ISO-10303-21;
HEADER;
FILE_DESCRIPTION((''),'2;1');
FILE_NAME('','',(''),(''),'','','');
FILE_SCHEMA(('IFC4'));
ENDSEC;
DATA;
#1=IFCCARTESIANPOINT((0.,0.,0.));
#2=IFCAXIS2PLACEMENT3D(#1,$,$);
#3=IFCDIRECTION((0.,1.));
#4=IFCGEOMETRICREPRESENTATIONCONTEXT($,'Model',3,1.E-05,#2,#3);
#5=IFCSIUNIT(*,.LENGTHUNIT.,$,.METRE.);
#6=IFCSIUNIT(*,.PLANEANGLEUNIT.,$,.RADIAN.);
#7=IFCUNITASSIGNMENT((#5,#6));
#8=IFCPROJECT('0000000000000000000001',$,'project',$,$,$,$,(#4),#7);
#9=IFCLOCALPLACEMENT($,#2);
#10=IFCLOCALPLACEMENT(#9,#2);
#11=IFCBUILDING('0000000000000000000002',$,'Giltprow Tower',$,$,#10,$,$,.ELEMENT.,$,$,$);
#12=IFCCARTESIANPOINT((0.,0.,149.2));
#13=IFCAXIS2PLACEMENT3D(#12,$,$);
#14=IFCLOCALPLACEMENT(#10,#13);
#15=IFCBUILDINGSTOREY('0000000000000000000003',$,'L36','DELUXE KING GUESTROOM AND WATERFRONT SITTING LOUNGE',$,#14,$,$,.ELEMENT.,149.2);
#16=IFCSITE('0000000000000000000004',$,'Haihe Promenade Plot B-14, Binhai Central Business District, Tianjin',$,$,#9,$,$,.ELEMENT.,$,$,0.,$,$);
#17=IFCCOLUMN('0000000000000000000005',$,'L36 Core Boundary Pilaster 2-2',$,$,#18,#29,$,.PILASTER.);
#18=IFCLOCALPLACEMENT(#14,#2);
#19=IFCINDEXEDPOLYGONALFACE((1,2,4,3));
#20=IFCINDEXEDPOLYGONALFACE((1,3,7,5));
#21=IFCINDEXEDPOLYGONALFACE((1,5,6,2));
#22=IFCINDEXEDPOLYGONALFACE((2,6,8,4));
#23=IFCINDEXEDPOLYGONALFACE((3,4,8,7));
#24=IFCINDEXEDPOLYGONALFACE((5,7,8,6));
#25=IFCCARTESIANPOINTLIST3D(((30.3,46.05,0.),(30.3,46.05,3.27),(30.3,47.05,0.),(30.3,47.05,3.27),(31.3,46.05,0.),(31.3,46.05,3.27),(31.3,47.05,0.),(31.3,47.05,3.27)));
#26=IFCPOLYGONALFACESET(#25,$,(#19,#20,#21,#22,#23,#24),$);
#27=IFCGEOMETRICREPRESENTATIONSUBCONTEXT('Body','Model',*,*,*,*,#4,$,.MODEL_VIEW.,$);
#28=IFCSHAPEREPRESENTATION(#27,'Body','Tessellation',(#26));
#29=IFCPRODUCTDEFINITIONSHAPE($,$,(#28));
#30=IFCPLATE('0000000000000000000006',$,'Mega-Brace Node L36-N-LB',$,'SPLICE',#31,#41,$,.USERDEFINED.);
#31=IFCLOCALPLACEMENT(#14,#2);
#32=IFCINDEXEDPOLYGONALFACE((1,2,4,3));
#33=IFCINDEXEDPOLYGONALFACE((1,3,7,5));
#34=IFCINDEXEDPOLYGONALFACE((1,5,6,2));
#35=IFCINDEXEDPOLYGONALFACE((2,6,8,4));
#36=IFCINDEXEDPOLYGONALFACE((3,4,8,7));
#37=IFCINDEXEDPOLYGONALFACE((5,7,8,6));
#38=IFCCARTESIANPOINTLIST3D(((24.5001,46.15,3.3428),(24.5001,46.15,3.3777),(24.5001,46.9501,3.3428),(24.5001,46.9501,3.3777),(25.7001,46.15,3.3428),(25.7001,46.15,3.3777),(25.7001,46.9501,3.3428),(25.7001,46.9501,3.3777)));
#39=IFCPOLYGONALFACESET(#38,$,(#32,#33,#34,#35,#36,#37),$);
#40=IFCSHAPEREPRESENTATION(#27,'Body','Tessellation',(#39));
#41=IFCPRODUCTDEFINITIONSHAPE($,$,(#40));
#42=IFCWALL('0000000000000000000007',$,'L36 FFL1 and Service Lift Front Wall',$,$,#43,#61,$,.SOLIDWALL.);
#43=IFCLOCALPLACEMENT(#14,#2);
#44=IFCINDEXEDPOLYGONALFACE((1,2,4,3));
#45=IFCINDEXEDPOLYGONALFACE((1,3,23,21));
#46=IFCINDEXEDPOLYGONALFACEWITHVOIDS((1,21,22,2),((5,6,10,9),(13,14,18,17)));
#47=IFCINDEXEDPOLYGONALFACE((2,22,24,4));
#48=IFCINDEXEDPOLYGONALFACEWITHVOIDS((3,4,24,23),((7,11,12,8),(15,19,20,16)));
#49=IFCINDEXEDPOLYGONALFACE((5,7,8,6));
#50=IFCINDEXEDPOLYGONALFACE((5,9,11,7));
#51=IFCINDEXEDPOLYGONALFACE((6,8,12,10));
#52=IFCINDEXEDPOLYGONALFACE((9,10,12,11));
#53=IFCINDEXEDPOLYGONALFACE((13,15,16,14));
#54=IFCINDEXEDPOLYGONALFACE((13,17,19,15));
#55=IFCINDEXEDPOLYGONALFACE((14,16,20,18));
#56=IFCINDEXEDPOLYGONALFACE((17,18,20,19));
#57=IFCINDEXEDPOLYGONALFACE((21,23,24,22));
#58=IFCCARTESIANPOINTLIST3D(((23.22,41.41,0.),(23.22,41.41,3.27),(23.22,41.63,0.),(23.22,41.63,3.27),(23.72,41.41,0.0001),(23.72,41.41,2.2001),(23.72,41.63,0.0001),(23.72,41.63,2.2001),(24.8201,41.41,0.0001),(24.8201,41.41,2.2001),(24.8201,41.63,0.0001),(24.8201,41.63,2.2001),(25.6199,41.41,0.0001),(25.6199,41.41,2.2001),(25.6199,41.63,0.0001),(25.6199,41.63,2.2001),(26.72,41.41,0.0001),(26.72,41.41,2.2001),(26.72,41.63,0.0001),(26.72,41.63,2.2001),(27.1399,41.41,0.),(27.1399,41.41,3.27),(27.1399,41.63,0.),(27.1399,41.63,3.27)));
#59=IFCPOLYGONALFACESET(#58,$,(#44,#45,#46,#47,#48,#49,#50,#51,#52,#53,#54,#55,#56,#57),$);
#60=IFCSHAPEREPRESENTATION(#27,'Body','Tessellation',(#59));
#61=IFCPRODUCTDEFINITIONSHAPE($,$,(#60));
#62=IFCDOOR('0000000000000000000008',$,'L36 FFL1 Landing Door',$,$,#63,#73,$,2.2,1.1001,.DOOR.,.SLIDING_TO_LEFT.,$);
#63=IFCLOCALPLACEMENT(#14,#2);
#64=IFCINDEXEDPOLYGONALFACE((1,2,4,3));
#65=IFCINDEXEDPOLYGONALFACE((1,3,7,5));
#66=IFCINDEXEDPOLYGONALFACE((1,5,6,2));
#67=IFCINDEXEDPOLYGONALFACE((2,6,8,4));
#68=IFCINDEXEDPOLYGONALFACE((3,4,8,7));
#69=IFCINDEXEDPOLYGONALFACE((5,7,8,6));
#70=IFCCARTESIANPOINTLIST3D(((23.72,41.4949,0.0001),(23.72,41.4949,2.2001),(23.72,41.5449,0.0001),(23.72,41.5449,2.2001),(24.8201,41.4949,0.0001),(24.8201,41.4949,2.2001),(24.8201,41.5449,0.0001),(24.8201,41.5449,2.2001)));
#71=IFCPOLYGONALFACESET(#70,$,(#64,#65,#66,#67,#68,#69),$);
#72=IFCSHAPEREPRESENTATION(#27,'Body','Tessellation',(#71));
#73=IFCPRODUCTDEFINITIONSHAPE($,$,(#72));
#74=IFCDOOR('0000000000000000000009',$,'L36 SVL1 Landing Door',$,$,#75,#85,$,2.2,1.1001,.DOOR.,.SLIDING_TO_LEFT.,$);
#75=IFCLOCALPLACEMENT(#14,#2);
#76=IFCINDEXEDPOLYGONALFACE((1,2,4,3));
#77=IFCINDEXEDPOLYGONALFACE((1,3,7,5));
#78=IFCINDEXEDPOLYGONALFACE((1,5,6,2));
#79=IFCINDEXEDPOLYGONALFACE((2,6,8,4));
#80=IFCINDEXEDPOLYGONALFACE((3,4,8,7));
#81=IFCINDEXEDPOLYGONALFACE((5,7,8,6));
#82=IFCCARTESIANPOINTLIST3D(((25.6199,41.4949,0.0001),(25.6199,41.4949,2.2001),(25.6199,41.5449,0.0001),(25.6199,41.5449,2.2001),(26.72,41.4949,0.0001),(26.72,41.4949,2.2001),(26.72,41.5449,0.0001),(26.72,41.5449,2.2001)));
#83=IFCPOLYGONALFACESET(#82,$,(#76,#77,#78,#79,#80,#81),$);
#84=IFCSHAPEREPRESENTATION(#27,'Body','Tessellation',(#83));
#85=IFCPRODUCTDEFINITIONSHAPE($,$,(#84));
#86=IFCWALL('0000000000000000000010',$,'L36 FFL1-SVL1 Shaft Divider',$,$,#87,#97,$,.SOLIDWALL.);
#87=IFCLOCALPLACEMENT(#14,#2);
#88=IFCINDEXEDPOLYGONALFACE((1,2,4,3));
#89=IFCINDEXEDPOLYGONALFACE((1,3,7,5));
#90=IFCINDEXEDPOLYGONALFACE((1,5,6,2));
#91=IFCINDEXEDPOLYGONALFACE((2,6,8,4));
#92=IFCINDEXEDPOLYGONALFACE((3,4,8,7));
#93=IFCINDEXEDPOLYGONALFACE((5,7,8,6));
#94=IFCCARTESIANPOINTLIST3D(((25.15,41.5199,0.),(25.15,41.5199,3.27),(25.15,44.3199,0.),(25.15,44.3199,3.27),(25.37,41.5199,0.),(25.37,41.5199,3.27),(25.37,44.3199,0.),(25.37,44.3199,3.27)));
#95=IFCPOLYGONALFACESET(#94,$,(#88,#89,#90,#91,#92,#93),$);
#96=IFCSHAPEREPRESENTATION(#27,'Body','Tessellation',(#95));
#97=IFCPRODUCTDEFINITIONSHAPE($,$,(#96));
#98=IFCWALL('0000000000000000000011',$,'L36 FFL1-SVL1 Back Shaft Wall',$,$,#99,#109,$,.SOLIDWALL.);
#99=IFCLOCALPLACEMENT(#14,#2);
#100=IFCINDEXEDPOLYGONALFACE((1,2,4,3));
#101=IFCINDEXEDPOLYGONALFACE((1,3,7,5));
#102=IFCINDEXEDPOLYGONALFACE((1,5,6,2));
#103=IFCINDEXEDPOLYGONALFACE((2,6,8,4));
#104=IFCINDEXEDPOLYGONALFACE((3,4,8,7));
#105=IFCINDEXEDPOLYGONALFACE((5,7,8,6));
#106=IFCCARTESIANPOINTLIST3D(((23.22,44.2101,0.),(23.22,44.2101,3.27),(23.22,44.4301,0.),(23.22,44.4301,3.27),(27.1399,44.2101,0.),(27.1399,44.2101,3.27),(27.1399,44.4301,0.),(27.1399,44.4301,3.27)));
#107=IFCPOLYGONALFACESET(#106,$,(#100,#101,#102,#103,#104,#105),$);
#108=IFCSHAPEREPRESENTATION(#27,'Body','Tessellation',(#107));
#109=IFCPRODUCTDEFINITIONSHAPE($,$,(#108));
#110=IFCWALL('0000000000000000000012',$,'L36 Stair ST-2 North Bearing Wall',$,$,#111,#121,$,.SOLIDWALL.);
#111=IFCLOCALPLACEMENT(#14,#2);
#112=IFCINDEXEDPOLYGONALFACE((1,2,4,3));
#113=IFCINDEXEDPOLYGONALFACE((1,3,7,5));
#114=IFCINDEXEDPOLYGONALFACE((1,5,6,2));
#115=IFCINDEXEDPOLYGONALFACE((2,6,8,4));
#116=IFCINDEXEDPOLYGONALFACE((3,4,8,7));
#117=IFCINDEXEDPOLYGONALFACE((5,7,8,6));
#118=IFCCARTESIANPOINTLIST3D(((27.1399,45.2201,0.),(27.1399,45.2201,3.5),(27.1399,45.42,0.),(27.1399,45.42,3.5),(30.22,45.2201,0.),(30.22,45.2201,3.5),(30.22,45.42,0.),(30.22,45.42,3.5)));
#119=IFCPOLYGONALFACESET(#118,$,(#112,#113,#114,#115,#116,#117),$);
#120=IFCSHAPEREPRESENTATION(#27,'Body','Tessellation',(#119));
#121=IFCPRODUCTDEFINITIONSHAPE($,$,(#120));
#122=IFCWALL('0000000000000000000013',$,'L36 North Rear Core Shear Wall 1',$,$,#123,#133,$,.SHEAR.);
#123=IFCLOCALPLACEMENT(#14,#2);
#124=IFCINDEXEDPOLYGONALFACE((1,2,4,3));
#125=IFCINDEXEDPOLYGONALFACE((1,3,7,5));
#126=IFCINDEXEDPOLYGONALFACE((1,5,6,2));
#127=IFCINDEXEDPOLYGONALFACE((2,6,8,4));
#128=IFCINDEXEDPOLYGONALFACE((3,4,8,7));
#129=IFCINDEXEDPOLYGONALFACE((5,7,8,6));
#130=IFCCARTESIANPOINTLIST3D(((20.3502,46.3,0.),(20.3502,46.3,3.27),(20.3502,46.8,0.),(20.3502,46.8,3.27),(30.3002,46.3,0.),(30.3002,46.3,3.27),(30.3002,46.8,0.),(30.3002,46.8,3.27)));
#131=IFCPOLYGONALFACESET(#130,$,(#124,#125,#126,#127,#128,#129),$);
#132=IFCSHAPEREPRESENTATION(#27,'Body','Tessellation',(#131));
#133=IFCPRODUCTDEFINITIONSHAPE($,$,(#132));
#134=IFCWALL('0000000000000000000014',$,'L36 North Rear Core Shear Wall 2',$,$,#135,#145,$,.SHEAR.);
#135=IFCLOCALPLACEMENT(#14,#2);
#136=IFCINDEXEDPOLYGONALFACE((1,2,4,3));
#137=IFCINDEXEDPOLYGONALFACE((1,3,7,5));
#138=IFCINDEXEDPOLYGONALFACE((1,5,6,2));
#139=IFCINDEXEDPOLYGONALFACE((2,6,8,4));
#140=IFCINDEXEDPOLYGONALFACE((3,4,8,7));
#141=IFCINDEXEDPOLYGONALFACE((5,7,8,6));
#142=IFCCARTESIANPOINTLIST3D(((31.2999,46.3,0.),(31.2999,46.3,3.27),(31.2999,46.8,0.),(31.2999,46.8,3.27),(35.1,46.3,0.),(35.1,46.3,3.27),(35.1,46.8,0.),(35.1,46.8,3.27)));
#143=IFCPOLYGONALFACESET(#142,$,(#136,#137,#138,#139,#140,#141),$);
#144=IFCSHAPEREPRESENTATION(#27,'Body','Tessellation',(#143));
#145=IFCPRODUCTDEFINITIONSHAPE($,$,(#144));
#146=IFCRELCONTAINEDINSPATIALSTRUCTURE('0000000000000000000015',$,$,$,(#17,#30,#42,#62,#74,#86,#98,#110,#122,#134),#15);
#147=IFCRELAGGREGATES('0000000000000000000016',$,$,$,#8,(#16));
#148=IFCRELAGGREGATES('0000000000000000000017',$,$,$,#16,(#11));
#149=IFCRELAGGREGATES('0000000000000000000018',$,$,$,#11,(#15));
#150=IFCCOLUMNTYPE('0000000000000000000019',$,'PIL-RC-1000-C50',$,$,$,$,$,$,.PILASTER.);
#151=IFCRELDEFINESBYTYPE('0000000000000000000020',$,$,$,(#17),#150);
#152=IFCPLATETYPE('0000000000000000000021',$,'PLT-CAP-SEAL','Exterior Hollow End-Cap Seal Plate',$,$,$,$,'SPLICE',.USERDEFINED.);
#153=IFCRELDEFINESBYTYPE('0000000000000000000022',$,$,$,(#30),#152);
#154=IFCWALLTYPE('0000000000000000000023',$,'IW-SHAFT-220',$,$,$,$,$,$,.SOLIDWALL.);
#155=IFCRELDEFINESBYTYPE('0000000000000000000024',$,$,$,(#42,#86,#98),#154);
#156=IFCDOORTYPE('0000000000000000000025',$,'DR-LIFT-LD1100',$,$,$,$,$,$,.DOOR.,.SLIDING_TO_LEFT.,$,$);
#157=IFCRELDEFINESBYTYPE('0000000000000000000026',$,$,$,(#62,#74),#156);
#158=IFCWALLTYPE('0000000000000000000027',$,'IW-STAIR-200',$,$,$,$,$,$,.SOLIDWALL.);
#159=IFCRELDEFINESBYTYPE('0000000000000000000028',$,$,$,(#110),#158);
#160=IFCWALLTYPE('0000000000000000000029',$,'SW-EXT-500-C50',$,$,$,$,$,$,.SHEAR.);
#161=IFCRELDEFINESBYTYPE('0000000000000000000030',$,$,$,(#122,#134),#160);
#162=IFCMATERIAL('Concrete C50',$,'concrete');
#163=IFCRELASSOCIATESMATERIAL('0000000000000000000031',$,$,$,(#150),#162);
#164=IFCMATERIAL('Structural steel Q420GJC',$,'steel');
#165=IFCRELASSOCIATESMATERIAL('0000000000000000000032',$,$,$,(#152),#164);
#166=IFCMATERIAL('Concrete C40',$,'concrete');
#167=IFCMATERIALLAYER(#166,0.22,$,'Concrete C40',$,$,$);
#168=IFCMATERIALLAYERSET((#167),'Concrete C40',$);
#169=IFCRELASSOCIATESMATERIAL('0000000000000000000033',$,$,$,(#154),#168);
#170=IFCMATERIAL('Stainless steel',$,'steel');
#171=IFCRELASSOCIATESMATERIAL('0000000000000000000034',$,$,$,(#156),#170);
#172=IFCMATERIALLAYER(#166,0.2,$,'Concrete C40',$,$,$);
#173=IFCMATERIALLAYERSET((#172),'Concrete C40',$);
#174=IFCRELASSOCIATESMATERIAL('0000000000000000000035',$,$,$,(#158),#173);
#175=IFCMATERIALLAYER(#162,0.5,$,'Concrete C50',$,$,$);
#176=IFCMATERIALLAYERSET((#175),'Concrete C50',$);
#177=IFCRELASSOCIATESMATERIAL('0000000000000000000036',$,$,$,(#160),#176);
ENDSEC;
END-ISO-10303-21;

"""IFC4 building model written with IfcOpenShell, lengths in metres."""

from ifc_helpers import new_model, si_unit, direction, frame, frame_2d, origin, origin_2d, place, context, subcontext, project, spatial, rectangle, extrude, source, transform, mapped, material, layer, layer_set, material_profile, profile_set, type_object, element, fill, save


model = new_model("IFC4")

# Units and contexts
model_context = context("Model", 3, precision=1e-05, world=origin(), true_north=direction((0.0, 1.0)))
body_context = subcontext(model_context, "Body", "Model", "MODEL_VIEW")
ifc_project = project(units=[si_unit("LENGTHUNIT", "METRE"), si_unit("PLANEANGLEUNIT", "RADIAN")], contexts=[model_context])

# Site, building, storey
site_placement = place(None, origin())
site = spatial("IfcSite", under=ifc_project, at=site_placement, Name="Haihe Promenade Plot B-14, Binhai Central Business District, Tianjin", CompositionType="ELEMENT", RefElevation=0.0)
building_placement = place(site_placement, origin())
building = spatial("IfcBuilding", under=site, at=building_placement, Name="Giltprow Tower", CompositionType="ELEMENT")
storey_placement = place(building_placement, frame((0.0, 0.0, 149.2)))
storey = spatial("IfcBuildingStorey", under=building, at=storey_placement, Name="L36", Description="DELUXE KING GUESTROOM AND WATERFRONT SITTING LOUNGE", CompositionType="ELEMENT", Elevation=149.2)

# Column
ifc_material_1 = material(Name="Concrete C50", Category="concrete")
ifc_material_profile = material_profile(ifc_material_1, rectangle(XDim=1.0, YDim=1.0, at=origin_2d()), Name="RC 1000x1000")
ifc_profile_set = profile_set([ifc_material_profile], Name="Concrete C50")
column_type = type_object("IfcColumnType", Name="PIL-RC-1000-C50", PredefinedType="PILASTER", material=ifc_profile_set)
shared_shape_1 = source(origin(), body_context, "Body", "SweptSolid", [
    extrude(rectangle(XDim=1.0, YDim=1.0, at=origin_2d()), origin(), (0.0, 0.0, 1.0), 3.27),
])
column_placement = place(storey_placement, frame((30.8, 46.55, 0.0), z_axis=(0.0, 0.0, 1.0), x_axis=(1.0, 0.0, 0.0)))
element("IfcColumn", 1, at=column_placement, inside=storey, type_object=column_type, Name="L36 Core Boundary Pilaster 2-2", PredefinedType="PILASTER", context=body_context, shape_type="MappedRepresentation", body=[
    mapped(shared_shape_1, transform((0.0, 0.0, 0.0), x_axis=(1.0, 0.0, 0.0), y_axis=(0.0, 1.0, 0.0), z_axis=(0.0, 0.0, 1.0), scale=1.0)),
])

# Plate
ifc_material_2 = material(Name="Structural steel Q420GJC", Category="steel")
plate_type = type_object("IfcPlateType", Name="PLT-CAP-SEAL", Description="Exterior Hollow End-Cap Seal Plate", ElementType="SPLICE", PredefinedType="USERDEFINED", material=ifc_material_2)
shared_shape_2 = source(origin(), body_context, "Body", "SweptSolid", [
    extrude(rectangle(XDim=1.2, YDim=0.8, at=origin_2d()), origin(), (0.0, 0.0, 1.0), 0.0349),
])
plate_placement = place(storey_placement, frame((25.1001, 46.55, 3.3428), z_axis=(0.0, 0.0, 1.0), x_axis=(1.0, 0.0, 0.0)))
element("IfcPlate", 2, at=plate_placement, inside=storey, type_object=plate_type, Name="Mega-Brace Node L36-N-LB", ObjectType="SPLICE", PredefinedType="USERDEFINED", context=body_context, shape_type="MappedRepresentation", body=[
    mapped(shared_shape_2, transform((0.0, 0.0, 0.0), x_axis=(1.0, 0.0, 0.0), y_axis=(0.0, 1.0, 0.0), z_axis=(0.0, 0.0, 1.0), scale=1.0)),
])

# Wall, openings, doors
ifc_material_3 = material(Name="Concrete C40", Category="concrete")
ifc_layer_1 = layer(ifc_material_3, 0.22, Name="Concrete C40")
ifc_layer_set_1 = layer_set([ifc_layer_1], Name="Concrete C40")
wall_type_1 = type_object("IfcWallType", Name="IW-SHAFT-220", PredefinedType="SOLIDWALL", material=ifc_layer_set_1)
wall_1_placement = place(storey_placement, frame((23.22, 41.52, 0.0), z_axis=(0.0, 0.0, 1.0), x_axis=(1.0, 0.0, 0.0)))
wall_1 = element("IfcWall", 3, at=wall_1_placement, inside=storey, type_object=wall_type_1, Name="L36 FFL1 and Service Lift Front Wall", PredefinedType="SOLIDWALL", context=body_context, shape_type="SweptSolid", body=[
    extrude(rectangle(XDim=3.9199, YDim=0.22, at=frame_2d((1.96, 0.0))), origin(), (0.0, 0.0, 1.0), 3.27),
])
opening_1_placement = place(wall_1_placement, frame((0.5, 0.0, 0.0)))
opening_1 = element("IfcOpeningElement", 4, at=opening_1_placement, cuts=wall_1, PredefinedType="OPENING", context=body_context, shape_type="SweptSolid", body=[
    extrude(rectangle(XDim=1.1001, YDim=2.2, at=frame_2d((0.55, 1.1001))), frame((0.0, 0.1199, 0.0), z_axis=(0.0, -1.0, 0.0), x_axis=(1.0, 0.0, 0.0)), (0.0, 0.0, 1.0), 0.24),
])
opening_2_placement = place(wall_1_placement, frame((2.3999, 0.0, 0.0)))
opening_2 = element("IfcOpeningElement", 5, at=opening_2_placement, cuts=wall_1, PredefinedType="OPENING", context=body_context, shape_type="SweptSolid", body=[
    extrude(rectangle(XDim=1.1001, YDim=2.2, at=frame_2d((0.55, 1.1001))), frame((0.0, 0.1199, 0.0), z_axis=(0.0, -1.0, 0.0), x_axis=(1.0, 0.0, 0.0)), (0.0, 0.0, 1.0), 0.24),
])
ifc_material_4 = material(Name="Stainless steel", Category="steel")
door_type = type_object("IfcDoorType", Name="DR-LIFT-LD1100", OperationType="SLIDING_TO_LEFT", PredefinedType="DOOR", material=ifc_material_4)
shared_shape_3 = source(origin(), body_context, "Body", "SweptSolid", [
    extrude(rectangle(XDim=1.1001, YDim=2.2, at=frame_2d((0.55, 1.1001))), frame((0.0, 0.0249, 0.0), z_axis=(0.0, -1.0, 0.0), x_axis=(1.0, 0.0, 0.0)), (0.0, 0.0, 1.0), 0.05),
])
door_1_placement = place(opening_1_placement, origin())
door_1 = element("IfcDoor", 6, at=door_1_placement, inside=storey, type_object=door_type, Name="L36 FFL1 Landing Door", OperationType="SLIDING_TO_LEFT", OverallHeight=2.2, OverallWidth=1.1001, PredefinedType="DOOR", context=body_context, shape_type="MappedRepresentation", body=[
    mapped(shared_shape_3, transform((0.0, 0.0, 0.0), x_axis=(1.0, 0.0, 0.0), y_axis=(0.0, 1.0, 0.0), z_axis=(0.0, 0.0, 1.0), scale=1.0)),
])
fill(opening_1, door_1)
door_2_placement = place(opening_2_placement, origin())
door_2 = element("IfcDoor", 7, at=door_2_placement, inside=storey, type_object=door_type, Name="L36 SVL1 Landing Door", OperationType="SLIDING_TO_LEFT", OverallHeight=2.2, OverallWidth=1.1001, PredefinedType="DOOR", context=body_context, shape_type="MappedRepresentation", body=[
    mapped(shared_shape_3, transform((0.0, 0.0, 0.0), x_axis=(1.0, 0.0, 0.0), y_axis=(0.0, 1.0, 0.0), z_axis=(0.0, 0.0, 1.0), scale=1.0)),
])
fill(opening_2, door_2)

# Walls
wall_2_placement = place(storey_placement, frame((25.26, 41.52, 0.0), z_axis=(0.0, 0.0, 1.0), x_axis=(0.0, 1.0, 0.0)))
element("IfcWall", 8, at=wall_2_placement, inside=storey, type_object=wall_type_1, Name="L36 FFL1-SVL1 Shaft Divider", PredefinedType="SOLIDWALL", context=body_context, shape_type="SweptSolid", body=[
    extrude(rectangle(XDim=2.8, YDim=0.22, at=frame_2d((1.3999, 0.0))), origin(), (0.0, 0.0, 1.0), 3.27),
])
wall_3_placement = place(storey_placement, frame((23.22, 44.3201, 0.0), z_axis=(0.0, 0.0, 1.0), x_axis=(1.0, 0.0, 0.0)))
element("IfcWall", 9, at=wall_3_placement, inside=storey, type_object=wall_type_1, Name="L36 FFL1-SVL1 Back Shaft Wall", PredefinedType="SOLIDWALL", context=body_context, shape_type="SweptSolid", body=[
    extrude(rectangle(XDim=3.9199, YDim=0.22, at=frame_2d((1.96, 0.0))), origin(), (0.0, 0.0, 1.0), 3.27),
])
ifc_layer_2 = layer(ifc_material_3, 0.2, Name="Concrete C40")
ifc_layer_set_2 = layer_set([ifc_layer_2], Name="Concrete C40")
wall_type_2 = type_object("IfcWallType", Name="IW-STAIR-200", PredefinedType="SOLIDWALL", material=ifc_layer_set_2)
wall_4_placement = place(storey_placement, frame((27.1399, 45.3201, 0.0), z_axis=(0.0, 0.0, 1.0), x_axis=(1.0, 0.0, 0.0)))
element("IfcWall", 10, at=wall_4_placement, inside=storey, type_object=wall_type_2, Name="L36 Stair ST-2 North Bearing Wall", PredefinedType="SOLIDWALL", context=body_context, shape_type="SweptSolid", body=[
    extrude(rectangle(XDim=3.0801, YDim=0.2, at=frame_2d((1.54, 0.0))), origin(), (0.0, 0.0, 1.0), 3.5),
])
ifc_layer_3 = layer(ifc_material_1, 0.5, Name="Concrete C50")
ifc_layer_set_3 = layer_set([ifc_layer_3], Name="Concrete C50")
wall_type_3 = type_object("IfcWallType", Name="SW-EXT-500-C50", PredefinedType="SHEAR", material=ifc_layer_set_3)
wall_5_placement = place(storey_placement, frame((20.3501, 46.55, 0.0), z_axis=(0.0, 0.0, 1.0), x_axis=(1.0, 0.0, 0.0)))
element("IfcWall", 11, at=wall_5_placement, inside=storey, type_object=wall_type_3, Name="L36 North Rear Core Shear Wall 1", PredefinedType="SHEAR", context=body_context, shape_type="SweptSolid", body=[
    extrude(rectangle(XDim=9.95, YDim=0.5, at=frame_2d((4.9751, 0.0))), origin(), (0.0, 0.0, 1.0), 3.27),
])
wall_6_placement = place(storey_placement, frame((31.3, 46.55, 0.0), z_axis=(0.0, 0.0, 1.0), x_axis=(1.0, 0.0, 0.0)))
element("IfcWall", 12, at=wall_6_placement, inside=storey, type_object=wall_type_3, Name="L36 North Rear Core Shear Wall 2", PredefinedType="SHEAR", context=body_context, shape_type="SweptSolid", body=[
    extrude(rectangle(XDim=3.8, YDim=0.5, at=frame_2d((1.8999, 0.0))), origin(), (0.0, 0.0, 1.0), 3.27),
])

save(model, "model.ifc")
